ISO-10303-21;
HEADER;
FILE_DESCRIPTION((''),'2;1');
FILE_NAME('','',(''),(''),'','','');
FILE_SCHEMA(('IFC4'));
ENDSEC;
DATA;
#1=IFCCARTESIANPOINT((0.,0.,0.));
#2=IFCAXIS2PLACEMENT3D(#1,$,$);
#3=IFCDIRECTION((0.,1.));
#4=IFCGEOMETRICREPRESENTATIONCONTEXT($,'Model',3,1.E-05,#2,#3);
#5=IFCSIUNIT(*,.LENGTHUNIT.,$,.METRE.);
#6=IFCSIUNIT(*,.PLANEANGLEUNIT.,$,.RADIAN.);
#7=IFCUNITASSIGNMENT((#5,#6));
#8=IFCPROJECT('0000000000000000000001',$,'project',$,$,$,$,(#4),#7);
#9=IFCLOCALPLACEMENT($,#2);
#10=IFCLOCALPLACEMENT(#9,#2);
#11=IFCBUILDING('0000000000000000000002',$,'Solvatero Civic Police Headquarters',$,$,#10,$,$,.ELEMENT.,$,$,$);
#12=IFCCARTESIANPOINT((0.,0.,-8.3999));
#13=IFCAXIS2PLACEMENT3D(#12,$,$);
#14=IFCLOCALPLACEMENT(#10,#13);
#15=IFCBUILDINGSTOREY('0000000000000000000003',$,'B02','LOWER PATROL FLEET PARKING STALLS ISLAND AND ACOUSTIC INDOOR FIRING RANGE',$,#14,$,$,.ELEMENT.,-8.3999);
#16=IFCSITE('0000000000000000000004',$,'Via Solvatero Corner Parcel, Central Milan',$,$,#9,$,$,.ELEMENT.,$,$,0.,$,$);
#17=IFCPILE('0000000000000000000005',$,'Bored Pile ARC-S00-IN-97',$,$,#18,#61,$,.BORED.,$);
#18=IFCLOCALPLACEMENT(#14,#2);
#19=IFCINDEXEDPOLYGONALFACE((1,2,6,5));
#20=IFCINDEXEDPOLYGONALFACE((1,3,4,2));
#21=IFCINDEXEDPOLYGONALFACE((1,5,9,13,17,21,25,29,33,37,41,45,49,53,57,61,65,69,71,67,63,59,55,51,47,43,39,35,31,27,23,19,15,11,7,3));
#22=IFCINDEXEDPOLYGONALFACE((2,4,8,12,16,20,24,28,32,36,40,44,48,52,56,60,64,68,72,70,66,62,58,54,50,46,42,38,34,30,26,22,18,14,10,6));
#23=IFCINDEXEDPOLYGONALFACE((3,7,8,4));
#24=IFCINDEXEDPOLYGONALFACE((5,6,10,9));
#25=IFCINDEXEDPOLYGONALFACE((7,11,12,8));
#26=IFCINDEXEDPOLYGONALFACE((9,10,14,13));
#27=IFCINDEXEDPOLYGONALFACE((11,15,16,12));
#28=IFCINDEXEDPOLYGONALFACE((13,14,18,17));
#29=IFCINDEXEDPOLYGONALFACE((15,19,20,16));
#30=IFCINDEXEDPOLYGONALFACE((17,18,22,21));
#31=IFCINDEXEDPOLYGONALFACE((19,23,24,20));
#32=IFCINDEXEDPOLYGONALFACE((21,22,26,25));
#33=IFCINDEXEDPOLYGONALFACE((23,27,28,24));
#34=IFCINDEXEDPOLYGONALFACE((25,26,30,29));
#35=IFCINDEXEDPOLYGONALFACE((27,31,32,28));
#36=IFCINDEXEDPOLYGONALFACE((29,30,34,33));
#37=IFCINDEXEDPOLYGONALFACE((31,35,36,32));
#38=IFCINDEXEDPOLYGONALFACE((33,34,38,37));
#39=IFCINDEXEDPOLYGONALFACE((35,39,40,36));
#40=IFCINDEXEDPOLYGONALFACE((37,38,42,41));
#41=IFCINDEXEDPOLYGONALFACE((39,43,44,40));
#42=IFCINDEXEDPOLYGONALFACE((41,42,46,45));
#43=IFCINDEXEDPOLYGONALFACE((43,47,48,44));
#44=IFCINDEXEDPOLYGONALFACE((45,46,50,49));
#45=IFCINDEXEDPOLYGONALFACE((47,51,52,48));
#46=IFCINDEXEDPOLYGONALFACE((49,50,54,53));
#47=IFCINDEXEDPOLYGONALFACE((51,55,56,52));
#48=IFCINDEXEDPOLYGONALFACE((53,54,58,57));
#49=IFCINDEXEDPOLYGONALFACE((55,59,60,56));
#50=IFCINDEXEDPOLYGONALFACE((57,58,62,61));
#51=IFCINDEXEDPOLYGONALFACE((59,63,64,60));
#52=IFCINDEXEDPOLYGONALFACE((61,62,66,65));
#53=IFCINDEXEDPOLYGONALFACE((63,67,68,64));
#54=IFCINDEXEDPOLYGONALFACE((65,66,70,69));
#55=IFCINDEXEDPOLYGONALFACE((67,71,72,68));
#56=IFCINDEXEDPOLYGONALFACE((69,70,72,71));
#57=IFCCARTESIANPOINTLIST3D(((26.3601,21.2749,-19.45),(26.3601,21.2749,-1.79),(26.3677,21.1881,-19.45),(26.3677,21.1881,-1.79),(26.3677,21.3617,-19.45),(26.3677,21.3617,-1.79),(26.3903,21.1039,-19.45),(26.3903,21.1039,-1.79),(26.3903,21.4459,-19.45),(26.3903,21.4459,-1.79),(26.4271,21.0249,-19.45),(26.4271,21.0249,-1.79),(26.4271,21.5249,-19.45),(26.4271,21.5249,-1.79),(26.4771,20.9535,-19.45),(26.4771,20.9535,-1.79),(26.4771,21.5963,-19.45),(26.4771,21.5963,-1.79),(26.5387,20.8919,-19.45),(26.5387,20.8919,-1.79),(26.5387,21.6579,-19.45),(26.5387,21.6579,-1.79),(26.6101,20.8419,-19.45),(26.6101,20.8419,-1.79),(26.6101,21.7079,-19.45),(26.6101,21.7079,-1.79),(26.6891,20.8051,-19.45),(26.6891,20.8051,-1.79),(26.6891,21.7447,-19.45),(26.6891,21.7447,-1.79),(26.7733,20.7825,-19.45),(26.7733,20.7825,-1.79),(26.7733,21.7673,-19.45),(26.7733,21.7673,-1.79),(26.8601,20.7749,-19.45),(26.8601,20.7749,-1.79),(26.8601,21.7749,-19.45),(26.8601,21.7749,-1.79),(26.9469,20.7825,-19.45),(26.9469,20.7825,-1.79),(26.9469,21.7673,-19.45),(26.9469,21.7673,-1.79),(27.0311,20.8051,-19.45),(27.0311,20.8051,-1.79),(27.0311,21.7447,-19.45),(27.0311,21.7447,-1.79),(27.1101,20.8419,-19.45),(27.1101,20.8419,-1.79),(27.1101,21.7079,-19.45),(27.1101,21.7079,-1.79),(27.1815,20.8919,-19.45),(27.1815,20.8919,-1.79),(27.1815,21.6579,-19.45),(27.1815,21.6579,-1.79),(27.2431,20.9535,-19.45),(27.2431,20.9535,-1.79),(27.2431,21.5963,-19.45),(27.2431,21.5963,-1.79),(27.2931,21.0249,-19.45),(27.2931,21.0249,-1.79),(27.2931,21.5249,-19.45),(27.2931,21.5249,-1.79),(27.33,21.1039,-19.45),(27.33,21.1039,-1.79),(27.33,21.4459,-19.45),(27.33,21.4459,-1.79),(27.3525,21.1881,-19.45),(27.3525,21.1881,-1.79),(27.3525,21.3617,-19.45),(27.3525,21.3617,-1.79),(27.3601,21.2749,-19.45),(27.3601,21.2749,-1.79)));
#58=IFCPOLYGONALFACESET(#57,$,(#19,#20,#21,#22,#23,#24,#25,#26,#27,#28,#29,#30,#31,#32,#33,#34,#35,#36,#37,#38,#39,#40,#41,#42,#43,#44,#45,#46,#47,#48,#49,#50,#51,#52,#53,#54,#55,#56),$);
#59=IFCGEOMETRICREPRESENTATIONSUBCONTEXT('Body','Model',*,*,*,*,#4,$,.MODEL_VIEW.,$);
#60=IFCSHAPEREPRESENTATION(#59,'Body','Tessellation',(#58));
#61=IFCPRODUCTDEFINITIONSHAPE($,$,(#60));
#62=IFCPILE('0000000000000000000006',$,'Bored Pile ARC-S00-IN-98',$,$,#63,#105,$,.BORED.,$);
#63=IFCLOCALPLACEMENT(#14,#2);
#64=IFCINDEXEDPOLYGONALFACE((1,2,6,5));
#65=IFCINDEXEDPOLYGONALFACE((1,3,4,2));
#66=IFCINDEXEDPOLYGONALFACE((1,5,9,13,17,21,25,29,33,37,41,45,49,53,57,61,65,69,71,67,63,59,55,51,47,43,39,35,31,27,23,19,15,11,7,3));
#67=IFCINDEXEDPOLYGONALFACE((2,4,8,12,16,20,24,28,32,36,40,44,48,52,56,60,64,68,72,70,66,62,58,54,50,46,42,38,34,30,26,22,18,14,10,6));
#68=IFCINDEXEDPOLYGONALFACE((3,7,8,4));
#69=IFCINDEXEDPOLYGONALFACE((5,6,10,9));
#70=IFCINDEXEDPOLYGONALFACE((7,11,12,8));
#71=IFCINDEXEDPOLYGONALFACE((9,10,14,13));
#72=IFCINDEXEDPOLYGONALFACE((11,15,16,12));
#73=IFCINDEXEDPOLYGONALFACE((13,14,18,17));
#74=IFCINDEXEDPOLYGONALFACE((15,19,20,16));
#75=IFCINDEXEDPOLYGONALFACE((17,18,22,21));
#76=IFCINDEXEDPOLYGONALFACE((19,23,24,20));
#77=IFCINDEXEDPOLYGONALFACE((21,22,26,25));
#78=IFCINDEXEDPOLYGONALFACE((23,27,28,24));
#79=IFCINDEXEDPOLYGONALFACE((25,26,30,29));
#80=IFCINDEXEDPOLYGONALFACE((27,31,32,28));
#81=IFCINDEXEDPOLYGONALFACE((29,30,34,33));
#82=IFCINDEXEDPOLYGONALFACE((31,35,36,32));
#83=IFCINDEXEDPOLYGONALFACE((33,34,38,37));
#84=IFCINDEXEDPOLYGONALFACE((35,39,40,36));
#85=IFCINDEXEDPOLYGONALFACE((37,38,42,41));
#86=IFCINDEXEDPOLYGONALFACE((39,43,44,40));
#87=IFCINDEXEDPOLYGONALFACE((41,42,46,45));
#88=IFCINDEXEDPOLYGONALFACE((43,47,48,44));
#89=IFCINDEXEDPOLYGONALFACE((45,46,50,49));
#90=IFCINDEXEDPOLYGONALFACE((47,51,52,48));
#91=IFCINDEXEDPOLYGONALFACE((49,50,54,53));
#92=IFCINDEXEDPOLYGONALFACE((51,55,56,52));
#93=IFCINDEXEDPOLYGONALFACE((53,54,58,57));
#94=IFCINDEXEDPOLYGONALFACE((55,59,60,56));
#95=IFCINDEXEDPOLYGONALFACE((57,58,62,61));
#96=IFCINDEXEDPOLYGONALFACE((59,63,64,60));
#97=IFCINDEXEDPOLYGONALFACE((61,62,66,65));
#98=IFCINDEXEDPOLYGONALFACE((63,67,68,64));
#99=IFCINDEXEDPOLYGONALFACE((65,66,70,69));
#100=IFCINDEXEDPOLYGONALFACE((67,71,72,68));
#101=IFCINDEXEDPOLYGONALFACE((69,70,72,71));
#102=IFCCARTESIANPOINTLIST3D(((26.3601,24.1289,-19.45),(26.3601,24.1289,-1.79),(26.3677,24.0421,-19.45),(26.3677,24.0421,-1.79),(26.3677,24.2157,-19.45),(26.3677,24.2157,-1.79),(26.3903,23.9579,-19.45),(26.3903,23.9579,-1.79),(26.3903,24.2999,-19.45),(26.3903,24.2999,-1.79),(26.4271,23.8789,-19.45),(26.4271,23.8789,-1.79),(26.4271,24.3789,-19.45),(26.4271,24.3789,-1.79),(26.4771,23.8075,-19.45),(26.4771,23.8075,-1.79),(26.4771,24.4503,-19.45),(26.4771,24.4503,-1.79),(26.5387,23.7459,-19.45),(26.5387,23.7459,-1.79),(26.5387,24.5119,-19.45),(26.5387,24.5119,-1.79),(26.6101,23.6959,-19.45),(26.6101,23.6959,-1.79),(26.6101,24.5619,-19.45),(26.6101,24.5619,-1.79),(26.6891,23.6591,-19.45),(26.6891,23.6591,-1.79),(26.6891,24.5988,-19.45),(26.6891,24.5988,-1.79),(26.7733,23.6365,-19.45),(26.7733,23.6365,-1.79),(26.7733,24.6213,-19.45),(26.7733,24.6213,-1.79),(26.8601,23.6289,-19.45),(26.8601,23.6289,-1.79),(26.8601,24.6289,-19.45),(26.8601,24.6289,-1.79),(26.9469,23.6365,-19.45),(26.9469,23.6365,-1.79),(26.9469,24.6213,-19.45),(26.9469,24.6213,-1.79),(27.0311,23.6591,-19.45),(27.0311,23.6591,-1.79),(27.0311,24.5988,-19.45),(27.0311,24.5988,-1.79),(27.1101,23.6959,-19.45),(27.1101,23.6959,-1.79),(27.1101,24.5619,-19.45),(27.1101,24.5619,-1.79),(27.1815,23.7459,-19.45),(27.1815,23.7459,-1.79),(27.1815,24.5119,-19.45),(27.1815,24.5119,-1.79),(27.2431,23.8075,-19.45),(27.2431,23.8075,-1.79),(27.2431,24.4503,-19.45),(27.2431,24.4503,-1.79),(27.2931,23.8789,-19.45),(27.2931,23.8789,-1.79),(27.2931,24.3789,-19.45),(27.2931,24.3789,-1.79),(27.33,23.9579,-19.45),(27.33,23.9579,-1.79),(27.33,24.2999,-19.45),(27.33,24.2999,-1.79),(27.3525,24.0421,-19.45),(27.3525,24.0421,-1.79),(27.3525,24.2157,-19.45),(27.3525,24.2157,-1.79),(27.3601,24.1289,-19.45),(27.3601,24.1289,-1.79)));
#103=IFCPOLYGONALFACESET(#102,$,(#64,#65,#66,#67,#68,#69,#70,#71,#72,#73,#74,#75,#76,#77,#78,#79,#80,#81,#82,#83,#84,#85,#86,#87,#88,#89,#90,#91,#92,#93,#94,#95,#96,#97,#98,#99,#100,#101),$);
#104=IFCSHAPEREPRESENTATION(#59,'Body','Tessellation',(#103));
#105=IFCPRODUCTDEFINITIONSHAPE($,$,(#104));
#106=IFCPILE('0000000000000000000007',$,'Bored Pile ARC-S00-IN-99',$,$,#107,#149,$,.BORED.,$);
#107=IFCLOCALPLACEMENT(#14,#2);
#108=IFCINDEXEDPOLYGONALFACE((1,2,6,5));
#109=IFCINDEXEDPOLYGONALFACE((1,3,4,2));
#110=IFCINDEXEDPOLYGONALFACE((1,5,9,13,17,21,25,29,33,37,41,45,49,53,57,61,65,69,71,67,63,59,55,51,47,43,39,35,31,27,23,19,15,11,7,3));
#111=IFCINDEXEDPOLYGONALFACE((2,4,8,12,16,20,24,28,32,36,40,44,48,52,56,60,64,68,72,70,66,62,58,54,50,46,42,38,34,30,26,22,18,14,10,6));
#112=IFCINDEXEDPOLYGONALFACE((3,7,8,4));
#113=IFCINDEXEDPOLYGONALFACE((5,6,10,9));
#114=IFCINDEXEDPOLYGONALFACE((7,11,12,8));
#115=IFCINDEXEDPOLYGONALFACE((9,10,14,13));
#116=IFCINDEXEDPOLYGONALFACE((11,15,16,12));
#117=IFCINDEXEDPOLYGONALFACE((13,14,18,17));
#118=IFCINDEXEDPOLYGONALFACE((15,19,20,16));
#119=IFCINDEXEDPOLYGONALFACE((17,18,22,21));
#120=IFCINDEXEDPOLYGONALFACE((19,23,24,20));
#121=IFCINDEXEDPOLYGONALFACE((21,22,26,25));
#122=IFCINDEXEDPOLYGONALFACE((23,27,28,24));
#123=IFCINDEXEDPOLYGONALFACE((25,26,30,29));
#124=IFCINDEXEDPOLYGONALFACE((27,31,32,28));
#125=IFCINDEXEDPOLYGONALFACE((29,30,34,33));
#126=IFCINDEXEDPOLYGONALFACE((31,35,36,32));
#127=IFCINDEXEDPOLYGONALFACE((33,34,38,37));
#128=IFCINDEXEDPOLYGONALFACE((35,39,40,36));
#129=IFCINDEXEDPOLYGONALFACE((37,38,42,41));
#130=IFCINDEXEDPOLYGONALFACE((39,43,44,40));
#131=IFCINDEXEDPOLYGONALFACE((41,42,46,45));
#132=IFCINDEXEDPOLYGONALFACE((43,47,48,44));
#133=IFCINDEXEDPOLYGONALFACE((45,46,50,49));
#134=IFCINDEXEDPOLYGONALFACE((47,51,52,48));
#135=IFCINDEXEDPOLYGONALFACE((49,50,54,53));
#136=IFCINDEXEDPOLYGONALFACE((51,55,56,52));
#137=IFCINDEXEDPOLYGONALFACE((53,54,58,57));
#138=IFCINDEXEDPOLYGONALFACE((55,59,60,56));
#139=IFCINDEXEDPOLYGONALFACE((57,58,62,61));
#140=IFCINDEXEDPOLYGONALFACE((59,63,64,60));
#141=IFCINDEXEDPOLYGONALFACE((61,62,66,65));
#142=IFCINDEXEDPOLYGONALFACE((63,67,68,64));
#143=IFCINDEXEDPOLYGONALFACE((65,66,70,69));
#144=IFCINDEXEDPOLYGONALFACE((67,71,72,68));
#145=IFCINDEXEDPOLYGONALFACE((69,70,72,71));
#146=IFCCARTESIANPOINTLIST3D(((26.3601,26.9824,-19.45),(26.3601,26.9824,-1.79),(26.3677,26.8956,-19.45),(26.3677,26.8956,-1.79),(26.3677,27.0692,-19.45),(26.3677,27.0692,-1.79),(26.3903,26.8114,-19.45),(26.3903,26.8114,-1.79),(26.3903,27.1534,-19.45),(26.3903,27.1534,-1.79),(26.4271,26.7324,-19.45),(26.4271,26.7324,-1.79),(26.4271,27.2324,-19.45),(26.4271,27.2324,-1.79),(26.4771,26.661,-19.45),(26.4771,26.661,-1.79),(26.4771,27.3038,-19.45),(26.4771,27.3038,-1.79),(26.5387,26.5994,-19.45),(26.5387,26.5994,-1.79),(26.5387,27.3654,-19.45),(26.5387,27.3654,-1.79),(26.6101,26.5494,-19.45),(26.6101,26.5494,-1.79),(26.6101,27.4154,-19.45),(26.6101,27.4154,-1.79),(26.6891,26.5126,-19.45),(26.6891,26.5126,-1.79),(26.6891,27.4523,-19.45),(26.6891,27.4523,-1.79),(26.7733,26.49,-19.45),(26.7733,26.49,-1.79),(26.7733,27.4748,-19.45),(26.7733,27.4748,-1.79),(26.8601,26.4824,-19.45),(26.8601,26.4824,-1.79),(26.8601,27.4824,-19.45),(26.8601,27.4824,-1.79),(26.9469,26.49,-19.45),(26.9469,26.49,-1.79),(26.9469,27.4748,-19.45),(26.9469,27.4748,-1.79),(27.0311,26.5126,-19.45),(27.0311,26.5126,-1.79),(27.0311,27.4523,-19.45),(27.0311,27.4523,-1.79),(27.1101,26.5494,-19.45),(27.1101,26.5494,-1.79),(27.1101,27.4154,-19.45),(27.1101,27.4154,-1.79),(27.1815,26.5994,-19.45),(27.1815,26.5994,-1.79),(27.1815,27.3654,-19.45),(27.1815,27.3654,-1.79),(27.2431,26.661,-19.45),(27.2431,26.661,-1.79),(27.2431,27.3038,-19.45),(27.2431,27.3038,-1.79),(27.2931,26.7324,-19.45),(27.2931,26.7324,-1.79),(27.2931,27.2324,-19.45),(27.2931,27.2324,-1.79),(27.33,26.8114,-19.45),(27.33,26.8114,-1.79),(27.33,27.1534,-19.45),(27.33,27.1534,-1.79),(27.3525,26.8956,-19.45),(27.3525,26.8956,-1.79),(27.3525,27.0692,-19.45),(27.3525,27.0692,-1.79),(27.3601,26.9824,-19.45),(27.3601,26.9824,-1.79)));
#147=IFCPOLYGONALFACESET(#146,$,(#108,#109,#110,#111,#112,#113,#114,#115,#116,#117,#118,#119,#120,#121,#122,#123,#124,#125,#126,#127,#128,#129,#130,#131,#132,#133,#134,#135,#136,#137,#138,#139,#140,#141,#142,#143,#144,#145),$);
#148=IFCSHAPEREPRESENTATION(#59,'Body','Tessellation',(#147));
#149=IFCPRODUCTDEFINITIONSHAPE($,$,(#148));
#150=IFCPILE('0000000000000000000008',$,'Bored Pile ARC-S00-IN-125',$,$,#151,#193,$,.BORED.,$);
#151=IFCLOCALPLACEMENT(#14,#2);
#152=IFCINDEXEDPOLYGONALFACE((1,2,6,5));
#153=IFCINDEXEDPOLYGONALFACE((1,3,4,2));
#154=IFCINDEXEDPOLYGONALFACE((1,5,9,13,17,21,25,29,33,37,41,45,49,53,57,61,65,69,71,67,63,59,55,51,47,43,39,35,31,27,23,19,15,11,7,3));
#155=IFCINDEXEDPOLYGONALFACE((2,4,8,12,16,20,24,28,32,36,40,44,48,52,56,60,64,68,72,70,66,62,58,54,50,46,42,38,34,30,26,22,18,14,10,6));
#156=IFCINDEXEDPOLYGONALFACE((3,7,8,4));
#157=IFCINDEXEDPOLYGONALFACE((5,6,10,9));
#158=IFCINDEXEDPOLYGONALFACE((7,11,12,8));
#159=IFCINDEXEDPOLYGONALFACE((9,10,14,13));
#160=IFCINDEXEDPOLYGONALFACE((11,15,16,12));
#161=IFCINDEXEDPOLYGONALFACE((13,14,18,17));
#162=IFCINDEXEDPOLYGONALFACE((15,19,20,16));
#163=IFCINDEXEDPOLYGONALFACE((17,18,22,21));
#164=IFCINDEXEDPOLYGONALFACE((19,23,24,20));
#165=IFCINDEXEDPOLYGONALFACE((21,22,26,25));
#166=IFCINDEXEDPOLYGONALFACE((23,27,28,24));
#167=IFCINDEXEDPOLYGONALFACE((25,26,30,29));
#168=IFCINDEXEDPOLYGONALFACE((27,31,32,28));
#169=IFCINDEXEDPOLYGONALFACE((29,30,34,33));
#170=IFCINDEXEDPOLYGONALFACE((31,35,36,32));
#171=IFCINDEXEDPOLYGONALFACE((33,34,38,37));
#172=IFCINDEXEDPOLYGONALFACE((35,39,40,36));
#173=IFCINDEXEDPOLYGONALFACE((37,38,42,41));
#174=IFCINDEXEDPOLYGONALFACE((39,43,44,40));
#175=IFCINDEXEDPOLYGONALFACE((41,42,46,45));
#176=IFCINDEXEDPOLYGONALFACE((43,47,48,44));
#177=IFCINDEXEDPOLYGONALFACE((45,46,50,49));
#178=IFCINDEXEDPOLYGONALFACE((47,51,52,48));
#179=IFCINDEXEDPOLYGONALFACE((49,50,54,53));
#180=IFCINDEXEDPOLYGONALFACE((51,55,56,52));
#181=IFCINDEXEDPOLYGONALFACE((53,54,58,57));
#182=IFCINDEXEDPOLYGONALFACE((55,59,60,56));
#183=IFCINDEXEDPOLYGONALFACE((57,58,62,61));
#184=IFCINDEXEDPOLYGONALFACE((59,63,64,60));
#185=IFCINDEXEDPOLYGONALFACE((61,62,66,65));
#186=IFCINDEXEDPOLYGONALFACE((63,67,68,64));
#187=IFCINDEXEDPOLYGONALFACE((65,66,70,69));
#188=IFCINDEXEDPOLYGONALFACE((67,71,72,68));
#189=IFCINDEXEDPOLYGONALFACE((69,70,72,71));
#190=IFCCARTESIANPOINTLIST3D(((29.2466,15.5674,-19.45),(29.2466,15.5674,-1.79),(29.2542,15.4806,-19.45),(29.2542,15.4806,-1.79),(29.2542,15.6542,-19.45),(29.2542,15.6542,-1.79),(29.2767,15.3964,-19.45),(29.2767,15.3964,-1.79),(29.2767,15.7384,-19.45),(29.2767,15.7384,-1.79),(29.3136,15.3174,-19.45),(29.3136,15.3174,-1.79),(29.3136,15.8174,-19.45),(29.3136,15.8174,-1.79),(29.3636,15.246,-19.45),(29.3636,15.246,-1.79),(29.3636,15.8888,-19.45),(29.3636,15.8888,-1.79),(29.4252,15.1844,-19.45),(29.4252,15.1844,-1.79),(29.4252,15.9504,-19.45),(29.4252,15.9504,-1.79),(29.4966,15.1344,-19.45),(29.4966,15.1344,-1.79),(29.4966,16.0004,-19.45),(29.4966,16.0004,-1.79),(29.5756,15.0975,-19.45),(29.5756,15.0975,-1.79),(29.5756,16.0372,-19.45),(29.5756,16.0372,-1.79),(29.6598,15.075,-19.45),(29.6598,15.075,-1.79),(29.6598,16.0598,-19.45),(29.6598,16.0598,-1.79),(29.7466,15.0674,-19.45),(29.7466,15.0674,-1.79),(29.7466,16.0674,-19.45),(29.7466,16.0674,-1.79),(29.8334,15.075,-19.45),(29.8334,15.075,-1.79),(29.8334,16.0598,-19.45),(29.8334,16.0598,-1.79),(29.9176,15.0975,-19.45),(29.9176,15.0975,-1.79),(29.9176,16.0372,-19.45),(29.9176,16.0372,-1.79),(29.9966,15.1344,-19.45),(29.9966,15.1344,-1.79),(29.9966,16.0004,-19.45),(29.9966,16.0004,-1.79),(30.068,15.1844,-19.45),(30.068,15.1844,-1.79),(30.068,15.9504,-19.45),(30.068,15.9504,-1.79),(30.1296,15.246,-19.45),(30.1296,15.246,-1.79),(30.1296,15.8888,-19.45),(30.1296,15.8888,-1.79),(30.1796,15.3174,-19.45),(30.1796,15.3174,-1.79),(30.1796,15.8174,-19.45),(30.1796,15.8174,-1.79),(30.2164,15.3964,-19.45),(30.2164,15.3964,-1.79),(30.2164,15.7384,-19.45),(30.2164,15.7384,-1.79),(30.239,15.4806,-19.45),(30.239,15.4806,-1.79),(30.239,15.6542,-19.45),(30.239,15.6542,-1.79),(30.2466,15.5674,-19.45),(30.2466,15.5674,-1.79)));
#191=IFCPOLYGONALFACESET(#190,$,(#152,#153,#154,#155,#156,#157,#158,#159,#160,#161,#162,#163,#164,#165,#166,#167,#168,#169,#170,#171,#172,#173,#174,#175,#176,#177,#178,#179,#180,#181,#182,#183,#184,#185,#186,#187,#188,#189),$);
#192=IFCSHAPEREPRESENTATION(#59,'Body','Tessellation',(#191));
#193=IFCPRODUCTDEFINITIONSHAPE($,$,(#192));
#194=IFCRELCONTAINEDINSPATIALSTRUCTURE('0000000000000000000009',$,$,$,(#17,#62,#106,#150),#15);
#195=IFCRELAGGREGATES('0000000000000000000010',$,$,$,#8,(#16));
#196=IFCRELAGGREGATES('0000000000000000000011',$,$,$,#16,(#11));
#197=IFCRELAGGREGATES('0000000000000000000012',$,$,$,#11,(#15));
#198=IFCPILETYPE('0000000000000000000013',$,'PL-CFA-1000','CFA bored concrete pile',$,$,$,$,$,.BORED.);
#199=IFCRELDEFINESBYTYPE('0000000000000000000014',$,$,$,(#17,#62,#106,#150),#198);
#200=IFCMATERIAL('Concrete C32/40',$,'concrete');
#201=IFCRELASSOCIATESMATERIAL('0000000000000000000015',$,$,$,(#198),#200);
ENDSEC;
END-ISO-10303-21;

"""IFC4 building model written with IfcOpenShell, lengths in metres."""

from ifc_helpers import new_model, si_unit, direction, frame, origin, origin_2d, place, context, subcontext, project, spatial, circle, extrude, material, material_profile, profile_set, type_object, element, save


model = new_model("IFC4")

# Units and contexts
model_context = context("Model", 3, precision=1e-05, world=origin(), true_north=direction((0.0, 1.0)))
body_context = subcontext(model_context, "Body", "Model", "MODEL_VIEW")
ifc_project = project(units=[si_unit("LENGTHUNIT", "METRE"), si_unit("PLANEANGLEUNIT", "RADIAN")], contexts=[model_context])

# Site, building, storey
site_placement = place(None, origin())
site = spatial("IfcSite", under=ifc_project, at=site_placement, Name="Via Solvatero Corner Parcel, Central Milan", CompositionType="ELEMENT", RefElevation=0.0)
building_placement = place(site_placement, origin())
building = spatial("IfcBuilding", under=site, at=building_placement, Name="Solvatero Civic Police Headquarters", CompositionType="ELEMENT")
storey_placement = place(building_placement, frame((0.0, 0.0, -8.3999)))
storey = spatial("IfcBuildingStorey", under=building, at=storey_placement, Name="B02", Description="LOWER PATROL FLEET PARKING STALLS ISLAND AND ACOUSTIC INDOOR FIRING RANGE", CompositionType="ELEMENT", Elevation=-8.3999)

# Piles
ifc_material_1 = material(Name="Concrete C32/40", Category="concrete")
ifc_material_profile_1 = material_profile(ifc_material_1, circle(Radius=0.5, at=origin_2d()), Name="CFA PILE D1000")
ifc_profile_set_1 = profile_set([ifc_material_profile_1], Name="Concrete C32/40")
pile_type_1 = type_object("IfcPileType", Name="PL-CFA-1000", Description="CFA bored concrete pile", PredefinedType="BORED", material=ifc_profile_set_1)
for number, where, z_axis, x_axis, name in (
    (1, (26.8601, 21.2749, -1.79), (0.0, 0.0, -1.0), (1.0, 0.0, 0.0), "Bored Pile ARC-S00-IN-97"),
    (2, (26.8601, 24.1289, -1.79), (0.0, 0.0, -1.0), (1.0, 0.0, 0.0), "Bored Pile ARC-S00-IN-98"),
    (3, (26.8601, 26.9824, -1.79), (0.0, 0.0, -1.0), (1.0, 0.0, 0.0), "Bored Pile ARC-S00-IN-99"),
    (4, (29.7466, 15.5674, -1.79), (0.0, 0.0, -1.0), (1.0, 0.0, 0.0), "Bored Pile ARC-S00-IN-125"),
):
    element("IfcPile", number, at=place(storey_placement, frame(where, z_axis=z_axis, x_axis=x_axis)), inside=storey, type_object=pile_type_1, Name=name, PredefinedType="BORED", context=body_context, shape_type="SweptSolid", body=[
        extrude(circle(Radius=0.5, at=origin_2d()), origin(), (0.0, 0.0, 1.0), 17.6599),
    ])

save(model, "model.ifc")
